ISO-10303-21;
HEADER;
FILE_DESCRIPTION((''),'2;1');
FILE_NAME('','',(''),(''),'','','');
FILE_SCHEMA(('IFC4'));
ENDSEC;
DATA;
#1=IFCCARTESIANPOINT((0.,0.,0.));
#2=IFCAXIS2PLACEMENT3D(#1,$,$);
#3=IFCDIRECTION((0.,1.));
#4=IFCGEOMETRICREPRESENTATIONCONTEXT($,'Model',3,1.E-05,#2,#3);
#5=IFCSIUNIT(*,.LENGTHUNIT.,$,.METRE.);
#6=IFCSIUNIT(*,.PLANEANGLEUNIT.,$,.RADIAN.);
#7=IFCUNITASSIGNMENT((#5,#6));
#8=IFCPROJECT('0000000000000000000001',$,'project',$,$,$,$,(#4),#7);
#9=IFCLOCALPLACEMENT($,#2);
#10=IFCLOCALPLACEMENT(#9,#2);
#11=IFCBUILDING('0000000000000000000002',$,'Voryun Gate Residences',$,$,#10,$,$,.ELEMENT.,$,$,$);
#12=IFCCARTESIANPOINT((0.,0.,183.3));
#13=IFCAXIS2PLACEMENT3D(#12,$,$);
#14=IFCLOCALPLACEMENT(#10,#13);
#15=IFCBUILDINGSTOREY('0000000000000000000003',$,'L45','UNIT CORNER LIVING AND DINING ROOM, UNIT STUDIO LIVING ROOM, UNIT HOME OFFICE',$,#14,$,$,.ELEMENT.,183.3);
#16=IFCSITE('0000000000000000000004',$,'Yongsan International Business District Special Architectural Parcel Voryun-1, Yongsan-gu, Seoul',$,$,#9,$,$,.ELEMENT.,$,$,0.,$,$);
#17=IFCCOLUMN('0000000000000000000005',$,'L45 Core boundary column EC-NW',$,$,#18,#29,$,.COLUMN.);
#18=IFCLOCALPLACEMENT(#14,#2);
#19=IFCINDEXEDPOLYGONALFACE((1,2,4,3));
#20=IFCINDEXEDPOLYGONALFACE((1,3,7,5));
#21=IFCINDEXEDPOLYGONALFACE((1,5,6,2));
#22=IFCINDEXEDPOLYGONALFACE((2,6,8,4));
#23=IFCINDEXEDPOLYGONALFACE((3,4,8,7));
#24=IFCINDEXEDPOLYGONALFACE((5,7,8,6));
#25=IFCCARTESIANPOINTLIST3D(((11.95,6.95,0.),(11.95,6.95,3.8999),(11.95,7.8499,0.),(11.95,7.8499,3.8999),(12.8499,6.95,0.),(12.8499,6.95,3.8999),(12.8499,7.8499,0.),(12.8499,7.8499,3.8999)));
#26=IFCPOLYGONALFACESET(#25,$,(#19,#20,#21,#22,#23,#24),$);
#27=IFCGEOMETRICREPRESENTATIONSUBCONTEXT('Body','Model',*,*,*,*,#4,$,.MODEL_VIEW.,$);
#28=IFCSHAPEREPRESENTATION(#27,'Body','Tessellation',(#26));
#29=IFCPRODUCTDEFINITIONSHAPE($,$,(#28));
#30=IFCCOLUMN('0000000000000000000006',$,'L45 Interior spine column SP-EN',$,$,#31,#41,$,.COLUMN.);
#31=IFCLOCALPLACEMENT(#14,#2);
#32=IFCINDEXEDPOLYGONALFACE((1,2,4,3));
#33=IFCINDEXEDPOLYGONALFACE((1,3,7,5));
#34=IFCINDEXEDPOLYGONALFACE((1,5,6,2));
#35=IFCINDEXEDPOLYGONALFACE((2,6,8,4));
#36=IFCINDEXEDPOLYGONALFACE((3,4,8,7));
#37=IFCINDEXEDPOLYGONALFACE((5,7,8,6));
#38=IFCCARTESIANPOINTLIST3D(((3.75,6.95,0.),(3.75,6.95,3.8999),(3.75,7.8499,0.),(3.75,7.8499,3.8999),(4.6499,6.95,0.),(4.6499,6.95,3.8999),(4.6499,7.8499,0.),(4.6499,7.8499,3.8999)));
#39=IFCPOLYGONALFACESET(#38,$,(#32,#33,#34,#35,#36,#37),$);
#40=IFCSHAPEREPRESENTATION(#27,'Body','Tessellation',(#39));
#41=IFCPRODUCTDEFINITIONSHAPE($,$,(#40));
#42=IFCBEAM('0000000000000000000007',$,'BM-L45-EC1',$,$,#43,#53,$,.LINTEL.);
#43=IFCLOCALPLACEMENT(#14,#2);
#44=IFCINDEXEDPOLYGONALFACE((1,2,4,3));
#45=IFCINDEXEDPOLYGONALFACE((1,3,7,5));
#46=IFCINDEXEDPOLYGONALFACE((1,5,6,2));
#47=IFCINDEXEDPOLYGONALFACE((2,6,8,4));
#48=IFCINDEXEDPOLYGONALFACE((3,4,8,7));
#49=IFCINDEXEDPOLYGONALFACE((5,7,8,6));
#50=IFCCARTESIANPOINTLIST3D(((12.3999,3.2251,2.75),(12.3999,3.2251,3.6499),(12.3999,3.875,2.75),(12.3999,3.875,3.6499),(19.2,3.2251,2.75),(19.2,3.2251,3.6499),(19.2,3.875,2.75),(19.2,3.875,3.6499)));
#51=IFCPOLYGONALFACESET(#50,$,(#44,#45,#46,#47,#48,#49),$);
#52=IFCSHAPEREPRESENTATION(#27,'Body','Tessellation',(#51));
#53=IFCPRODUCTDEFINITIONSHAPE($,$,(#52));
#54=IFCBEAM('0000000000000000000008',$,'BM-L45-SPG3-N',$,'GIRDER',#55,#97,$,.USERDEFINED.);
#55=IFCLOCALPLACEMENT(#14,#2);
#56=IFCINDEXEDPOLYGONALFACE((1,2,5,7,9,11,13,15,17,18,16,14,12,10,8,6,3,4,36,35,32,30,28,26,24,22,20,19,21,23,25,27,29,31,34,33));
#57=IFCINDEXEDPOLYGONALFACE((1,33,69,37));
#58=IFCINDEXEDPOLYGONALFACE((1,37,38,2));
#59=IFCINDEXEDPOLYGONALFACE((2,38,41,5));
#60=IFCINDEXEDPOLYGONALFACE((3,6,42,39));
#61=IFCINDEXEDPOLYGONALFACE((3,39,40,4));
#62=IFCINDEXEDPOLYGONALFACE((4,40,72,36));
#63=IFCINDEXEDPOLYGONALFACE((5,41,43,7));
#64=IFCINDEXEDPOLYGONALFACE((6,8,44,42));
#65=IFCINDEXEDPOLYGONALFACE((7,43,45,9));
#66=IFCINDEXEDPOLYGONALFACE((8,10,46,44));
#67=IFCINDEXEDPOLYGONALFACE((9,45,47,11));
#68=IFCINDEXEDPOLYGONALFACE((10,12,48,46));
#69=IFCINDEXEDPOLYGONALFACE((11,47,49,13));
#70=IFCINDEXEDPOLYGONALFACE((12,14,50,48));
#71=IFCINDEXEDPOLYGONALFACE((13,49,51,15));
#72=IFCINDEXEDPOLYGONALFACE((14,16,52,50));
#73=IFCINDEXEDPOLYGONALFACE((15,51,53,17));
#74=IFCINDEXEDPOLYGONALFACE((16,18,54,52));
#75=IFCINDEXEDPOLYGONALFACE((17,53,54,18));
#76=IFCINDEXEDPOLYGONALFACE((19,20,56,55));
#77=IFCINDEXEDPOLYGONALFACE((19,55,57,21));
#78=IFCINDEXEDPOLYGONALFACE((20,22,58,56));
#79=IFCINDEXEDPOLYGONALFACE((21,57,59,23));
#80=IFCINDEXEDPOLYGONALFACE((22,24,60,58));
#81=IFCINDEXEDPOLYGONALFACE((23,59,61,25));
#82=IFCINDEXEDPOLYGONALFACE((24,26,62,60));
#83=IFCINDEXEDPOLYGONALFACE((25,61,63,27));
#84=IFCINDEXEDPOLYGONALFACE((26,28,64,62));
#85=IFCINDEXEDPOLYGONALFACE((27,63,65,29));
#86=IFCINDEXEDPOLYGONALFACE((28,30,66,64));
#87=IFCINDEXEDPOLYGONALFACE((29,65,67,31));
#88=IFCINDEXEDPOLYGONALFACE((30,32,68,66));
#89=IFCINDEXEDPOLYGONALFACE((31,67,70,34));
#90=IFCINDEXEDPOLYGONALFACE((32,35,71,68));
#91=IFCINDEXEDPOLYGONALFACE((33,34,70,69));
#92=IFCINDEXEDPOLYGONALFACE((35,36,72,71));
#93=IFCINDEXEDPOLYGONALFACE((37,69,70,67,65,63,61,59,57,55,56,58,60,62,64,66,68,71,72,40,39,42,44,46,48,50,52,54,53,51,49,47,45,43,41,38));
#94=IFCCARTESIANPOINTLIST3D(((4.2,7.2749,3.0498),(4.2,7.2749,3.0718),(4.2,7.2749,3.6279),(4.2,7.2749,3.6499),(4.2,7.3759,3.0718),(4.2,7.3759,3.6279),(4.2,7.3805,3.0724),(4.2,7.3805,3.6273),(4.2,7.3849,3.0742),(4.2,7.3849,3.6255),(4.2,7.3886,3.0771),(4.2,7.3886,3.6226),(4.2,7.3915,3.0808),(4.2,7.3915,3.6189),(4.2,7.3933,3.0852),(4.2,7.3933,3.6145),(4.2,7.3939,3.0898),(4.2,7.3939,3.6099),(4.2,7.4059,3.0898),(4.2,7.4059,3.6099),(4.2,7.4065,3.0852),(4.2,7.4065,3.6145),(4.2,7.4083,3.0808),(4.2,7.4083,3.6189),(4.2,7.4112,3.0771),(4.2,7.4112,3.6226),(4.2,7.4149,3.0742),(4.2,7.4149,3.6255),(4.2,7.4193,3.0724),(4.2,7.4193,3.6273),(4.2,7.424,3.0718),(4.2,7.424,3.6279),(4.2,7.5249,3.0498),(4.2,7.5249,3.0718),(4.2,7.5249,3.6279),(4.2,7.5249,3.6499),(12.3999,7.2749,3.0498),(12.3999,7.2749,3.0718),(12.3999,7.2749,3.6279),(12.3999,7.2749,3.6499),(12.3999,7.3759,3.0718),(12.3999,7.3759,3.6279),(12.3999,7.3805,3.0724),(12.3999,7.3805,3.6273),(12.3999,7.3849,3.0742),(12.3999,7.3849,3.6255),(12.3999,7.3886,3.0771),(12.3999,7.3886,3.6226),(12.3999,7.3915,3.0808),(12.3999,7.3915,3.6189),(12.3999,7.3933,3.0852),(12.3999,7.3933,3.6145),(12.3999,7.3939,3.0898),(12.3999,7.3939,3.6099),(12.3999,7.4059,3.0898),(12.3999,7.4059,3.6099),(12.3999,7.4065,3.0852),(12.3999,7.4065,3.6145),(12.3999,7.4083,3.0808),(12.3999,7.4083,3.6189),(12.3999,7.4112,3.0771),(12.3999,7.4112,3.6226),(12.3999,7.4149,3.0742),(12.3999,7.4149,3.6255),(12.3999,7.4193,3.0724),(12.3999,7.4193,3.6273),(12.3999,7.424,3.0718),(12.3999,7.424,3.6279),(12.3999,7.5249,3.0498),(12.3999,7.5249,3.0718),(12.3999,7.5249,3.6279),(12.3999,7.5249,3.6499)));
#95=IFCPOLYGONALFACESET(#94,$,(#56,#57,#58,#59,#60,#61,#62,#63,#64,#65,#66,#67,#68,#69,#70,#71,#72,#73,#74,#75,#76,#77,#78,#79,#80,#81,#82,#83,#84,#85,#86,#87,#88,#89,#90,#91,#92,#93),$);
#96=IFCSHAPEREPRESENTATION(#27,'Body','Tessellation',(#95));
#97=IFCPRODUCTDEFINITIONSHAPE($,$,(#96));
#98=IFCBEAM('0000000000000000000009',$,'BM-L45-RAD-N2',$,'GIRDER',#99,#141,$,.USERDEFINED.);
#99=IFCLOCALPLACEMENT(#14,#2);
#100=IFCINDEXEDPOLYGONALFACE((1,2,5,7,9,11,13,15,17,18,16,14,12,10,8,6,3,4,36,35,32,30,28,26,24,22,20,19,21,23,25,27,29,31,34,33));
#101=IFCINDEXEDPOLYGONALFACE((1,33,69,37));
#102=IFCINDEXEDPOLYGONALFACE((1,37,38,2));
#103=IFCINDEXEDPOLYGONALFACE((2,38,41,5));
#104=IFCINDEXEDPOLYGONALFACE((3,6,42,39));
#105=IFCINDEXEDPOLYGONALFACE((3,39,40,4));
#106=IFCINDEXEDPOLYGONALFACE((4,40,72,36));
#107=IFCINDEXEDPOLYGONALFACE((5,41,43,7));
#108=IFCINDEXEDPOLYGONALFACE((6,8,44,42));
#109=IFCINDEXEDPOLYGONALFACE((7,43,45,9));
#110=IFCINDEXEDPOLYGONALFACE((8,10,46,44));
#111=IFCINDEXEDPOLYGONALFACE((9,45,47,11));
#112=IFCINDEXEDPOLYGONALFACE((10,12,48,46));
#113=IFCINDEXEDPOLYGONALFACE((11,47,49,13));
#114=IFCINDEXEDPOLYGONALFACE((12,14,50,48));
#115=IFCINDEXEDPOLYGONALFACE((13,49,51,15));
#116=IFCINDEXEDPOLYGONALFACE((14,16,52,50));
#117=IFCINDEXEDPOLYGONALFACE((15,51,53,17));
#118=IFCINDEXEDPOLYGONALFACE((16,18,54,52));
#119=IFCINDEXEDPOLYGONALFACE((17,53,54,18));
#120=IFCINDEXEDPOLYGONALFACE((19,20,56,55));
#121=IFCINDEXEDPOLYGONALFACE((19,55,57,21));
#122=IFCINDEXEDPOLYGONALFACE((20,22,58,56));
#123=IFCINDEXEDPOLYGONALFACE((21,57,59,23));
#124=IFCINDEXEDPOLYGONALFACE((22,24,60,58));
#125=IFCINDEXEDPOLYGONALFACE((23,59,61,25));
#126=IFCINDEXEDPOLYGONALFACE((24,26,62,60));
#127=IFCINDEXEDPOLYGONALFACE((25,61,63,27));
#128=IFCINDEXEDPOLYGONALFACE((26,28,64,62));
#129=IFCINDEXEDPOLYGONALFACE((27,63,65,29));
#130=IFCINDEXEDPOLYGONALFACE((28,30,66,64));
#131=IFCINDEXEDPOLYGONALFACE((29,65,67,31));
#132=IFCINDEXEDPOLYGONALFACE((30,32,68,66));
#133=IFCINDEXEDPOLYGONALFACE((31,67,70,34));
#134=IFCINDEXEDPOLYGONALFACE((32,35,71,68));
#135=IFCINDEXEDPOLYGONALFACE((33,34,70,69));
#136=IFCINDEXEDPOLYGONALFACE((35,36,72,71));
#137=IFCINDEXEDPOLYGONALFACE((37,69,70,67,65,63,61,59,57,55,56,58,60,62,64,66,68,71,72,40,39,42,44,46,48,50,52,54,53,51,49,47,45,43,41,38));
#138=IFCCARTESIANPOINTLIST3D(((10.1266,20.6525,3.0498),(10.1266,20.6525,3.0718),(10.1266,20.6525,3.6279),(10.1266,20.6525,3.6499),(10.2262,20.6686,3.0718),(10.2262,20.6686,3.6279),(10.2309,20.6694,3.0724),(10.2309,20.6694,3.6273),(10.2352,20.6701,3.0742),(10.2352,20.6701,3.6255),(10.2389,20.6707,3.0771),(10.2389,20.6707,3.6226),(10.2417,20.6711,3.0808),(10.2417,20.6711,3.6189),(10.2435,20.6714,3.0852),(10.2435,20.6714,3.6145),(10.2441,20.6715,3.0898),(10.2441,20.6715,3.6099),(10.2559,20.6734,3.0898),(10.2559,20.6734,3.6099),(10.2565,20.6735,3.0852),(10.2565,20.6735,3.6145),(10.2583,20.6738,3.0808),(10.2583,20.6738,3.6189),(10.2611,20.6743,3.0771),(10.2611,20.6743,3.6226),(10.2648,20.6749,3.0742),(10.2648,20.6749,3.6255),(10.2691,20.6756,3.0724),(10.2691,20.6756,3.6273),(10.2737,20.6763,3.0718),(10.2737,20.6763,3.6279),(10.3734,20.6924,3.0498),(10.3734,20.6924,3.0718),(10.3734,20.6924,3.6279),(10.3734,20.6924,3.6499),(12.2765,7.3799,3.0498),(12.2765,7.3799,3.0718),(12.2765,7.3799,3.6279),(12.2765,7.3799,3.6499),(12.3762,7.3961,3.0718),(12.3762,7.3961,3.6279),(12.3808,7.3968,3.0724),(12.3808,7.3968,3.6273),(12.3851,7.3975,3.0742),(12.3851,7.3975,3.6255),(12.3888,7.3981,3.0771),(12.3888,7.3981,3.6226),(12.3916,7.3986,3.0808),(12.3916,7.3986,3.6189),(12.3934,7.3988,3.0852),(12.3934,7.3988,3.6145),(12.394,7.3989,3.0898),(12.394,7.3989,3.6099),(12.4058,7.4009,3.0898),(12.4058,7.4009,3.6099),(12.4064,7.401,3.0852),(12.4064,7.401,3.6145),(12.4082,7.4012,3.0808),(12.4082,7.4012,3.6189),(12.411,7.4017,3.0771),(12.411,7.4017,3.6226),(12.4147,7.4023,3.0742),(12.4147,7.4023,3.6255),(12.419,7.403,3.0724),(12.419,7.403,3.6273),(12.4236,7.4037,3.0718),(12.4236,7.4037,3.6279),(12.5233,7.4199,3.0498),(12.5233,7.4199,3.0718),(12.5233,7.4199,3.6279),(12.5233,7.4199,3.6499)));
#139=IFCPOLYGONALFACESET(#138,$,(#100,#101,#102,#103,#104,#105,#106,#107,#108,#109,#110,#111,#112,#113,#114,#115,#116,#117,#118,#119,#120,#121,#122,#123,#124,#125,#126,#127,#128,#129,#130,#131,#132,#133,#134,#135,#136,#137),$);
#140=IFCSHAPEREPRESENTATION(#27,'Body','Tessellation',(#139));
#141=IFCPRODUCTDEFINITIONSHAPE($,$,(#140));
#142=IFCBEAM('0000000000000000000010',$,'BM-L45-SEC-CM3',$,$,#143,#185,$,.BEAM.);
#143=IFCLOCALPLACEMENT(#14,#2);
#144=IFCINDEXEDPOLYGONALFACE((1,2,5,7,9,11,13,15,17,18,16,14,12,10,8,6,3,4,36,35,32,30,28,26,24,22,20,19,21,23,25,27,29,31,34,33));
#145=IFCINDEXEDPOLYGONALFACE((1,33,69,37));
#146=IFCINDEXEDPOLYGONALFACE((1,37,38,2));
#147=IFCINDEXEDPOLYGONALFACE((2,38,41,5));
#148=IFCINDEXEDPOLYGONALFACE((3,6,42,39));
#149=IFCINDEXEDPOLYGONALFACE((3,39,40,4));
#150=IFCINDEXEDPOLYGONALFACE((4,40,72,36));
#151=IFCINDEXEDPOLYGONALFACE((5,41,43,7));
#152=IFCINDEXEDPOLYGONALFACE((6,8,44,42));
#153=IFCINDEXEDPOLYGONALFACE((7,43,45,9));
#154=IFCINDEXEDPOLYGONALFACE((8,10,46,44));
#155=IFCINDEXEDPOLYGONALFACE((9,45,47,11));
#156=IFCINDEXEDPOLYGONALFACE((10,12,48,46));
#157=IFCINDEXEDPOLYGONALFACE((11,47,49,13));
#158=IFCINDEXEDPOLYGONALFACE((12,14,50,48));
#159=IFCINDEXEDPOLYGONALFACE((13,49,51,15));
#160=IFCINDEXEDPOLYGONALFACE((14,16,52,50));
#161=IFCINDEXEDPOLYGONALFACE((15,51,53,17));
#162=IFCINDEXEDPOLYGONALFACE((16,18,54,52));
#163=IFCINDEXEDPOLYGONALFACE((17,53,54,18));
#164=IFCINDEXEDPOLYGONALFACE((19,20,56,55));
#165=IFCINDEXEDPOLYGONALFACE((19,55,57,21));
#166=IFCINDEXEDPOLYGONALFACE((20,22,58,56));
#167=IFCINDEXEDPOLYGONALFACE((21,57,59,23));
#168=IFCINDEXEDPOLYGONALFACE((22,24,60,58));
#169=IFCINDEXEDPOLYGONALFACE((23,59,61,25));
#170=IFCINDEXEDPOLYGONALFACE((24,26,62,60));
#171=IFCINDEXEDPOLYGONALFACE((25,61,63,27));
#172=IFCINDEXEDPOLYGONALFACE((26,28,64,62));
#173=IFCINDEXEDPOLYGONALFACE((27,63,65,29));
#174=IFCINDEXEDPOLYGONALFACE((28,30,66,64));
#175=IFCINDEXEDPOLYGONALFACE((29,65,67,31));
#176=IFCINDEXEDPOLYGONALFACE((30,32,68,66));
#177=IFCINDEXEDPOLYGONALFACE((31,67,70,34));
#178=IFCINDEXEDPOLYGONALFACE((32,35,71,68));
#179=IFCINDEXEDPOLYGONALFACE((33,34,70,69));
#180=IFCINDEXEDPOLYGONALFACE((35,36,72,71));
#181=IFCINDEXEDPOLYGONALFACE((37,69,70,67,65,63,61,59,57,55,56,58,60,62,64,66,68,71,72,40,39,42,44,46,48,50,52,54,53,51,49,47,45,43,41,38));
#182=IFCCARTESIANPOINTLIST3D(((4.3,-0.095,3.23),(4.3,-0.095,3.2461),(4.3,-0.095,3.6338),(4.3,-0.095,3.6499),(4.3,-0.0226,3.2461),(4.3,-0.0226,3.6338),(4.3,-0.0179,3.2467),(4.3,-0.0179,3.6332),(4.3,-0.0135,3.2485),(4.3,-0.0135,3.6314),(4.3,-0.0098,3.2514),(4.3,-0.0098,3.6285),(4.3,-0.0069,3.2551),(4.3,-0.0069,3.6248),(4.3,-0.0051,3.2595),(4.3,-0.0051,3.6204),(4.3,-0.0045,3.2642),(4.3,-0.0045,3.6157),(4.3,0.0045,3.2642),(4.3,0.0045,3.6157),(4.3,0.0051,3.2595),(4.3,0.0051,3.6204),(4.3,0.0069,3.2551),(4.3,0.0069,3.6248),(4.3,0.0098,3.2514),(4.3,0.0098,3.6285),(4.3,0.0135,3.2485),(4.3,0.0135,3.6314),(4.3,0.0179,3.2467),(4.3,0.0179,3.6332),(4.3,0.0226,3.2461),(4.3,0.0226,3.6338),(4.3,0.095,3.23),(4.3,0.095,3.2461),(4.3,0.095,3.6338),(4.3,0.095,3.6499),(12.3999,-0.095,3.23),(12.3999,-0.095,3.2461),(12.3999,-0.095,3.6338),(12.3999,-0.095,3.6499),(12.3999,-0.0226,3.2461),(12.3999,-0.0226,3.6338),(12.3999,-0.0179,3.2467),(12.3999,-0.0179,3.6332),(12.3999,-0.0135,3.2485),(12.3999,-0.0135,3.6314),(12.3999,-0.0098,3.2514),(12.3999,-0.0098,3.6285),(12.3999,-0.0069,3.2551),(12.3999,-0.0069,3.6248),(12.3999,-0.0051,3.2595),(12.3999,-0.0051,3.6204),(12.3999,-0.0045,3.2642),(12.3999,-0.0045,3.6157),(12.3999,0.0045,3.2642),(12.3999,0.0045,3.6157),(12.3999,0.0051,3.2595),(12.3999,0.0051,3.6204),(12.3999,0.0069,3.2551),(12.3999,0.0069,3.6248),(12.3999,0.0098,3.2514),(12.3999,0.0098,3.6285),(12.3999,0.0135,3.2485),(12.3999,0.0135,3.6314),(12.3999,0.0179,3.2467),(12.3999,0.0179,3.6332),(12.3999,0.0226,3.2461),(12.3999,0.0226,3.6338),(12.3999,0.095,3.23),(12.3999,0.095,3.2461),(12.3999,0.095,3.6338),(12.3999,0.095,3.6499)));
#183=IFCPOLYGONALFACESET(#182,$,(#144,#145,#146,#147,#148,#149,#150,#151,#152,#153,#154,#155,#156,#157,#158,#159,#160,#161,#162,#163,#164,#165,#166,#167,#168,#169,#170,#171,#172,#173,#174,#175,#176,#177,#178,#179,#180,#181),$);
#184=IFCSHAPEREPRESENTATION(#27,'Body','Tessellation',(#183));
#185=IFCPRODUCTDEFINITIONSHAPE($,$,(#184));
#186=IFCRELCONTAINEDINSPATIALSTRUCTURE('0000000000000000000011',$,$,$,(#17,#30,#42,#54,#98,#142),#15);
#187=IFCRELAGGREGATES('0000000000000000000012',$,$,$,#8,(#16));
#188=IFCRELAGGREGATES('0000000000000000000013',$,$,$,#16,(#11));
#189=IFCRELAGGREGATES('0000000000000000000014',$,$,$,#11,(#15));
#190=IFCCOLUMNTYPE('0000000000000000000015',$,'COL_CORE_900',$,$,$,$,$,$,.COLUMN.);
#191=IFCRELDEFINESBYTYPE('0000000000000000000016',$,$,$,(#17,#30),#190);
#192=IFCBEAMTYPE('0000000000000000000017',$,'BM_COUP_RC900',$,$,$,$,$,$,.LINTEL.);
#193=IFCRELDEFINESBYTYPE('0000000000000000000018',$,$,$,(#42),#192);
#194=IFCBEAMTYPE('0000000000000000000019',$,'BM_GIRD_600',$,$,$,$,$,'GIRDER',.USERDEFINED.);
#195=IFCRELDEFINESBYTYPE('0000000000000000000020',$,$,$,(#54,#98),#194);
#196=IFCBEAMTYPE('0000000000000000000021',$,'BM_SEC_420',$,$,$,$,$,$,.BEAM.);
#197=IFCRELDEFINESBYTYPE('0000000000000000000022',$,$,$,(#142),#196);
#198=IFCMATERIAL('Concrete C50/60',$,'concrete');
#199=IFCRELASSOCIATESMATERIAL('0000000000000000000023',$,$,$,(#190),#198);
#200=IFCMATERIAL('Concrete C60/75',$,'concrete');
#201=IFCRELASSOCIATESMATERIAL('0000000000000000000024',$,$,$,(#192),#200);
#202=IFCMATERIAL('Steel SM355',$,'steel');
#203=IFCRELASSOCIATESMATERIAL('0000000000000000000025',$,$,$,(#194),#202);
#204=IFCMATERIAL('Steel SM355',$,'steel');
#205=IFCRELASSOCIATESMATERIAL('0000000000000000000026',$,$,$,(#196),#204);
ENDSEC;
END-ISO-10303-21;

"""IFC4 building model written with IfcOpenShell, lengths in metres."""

from ifc_helpers import new_model, si_unit, direction, frame, origin, origin_2d, place, context, subcontext, project, spatial, rectangle, i_section, extrude, material, material_profile, profile_set, type_object, element, save


model = new_model("IFC4")

# Units and contexts
model_context = context("Model", 3, precision=1e-05, world=origin(), true_north=direction((0.0, 1.0)))
body_context = subcontext(model_context, "Body", "Model", "MODEL_VIEW")
ifc_project = project(units=[si_unit("LENGTHUNIT", "METRE"), si_unit("PLANEANGLEUNIT", "RADIAN")], contexts=[model_context])

# Site, building, storey
site_placement = place(None, origin())
site = spatial("IfcSite", under=ifc_project, at=site_placement, Name="Yongsan International Business District Special Architectural Parcel Voryun-1, Yongsan-gu, Seoul", CompositionType="ELEMENT", RefElevation=0.0)
building_placement = place(site_placement, origin())
building = spatial("IfcBuilding", under=site, at=building_placement, Name="Voryun Gate Residences", CompositionType="ELEMENT")
storey_placement = place(building_placement, frame((0.0, 0.0, 183.3)))
storey = spatial("IfcBuildingStorey", under=building, at=storey_placement, Name="L45", Description="UNIT CORNER LIVING AND DINING ROOM, UNIT STUDIO LIVING ROOM, UNIT HOME OFFICE", CompositionType="ELEMENT", Elevation=183.3)

# Columns
ifc_material_1 = material(Name="Concrete C50/60", Category="concrete")
ifc_material_profile_1 = material_profile(ifc_material_1, rectangle(XDim=0.8999, YDim=0.8999, at=origin_2d()), Name="RC-900x900")
ifc_profile_set_1 = profile_set([ifc_material_profile_1], Name="Concrete C50/60")
column_type = type_object("IfcColumnType", Name="COL_CORE_900", PredefinedType="COLUMN", material=ifc_profile_set_1)
for number, where, z_axis, x_axis, name in (
    (1, (12.3999, 7.3999, 0.0), (0.0, 0.0, 1.0), (1.0, 0.0, 0.0), "L45 Core boundary column EC-NW"),
    (2, (4.2, 7.3999, 0.0), (0.0, 0.0, 1.0), (1.0, 0.0, 0.0), "L45 Interior spine column SP-EN"),
):
    element("IfcColumn", number, at=place(storey_placement, frame(where, z_axis=z_axis, x_axis=x_axis)), inside=storey, type_object=column_type, Name=name, PredefinedType="COLUMN", context=body_context, shape_type="SweptSolid", body=[
        extrude(rectangle(XDim=0.8999, YDim=0.8999, at=origin_2d()), origin(), (0.0, 0.0, 1.0), 3.8999),
    ])

# Beams
ifc_material_2 = material(Name="Concrete C60/75", Category="concrete")
ifc_material_profile_2 = material_profile(ifc_material_2, rectangle(XDim=0.6499, YDim=0.8999, at=origin_2d()), Name="RC-650x900")
ifc_profile_set_2 = profile_set([ifc_material_profile_2], Name="Concrete C60/75")
beam_type_1 = type_object("IfcBeamType", Name="BM_COUP_RC900", PredefinedType="LINTEL", material=ifc_profile_set_2)
beam_1_placement = place(storey_placement, frame((12.3999, 3.55, 3.2), z_axis=(1.0, 0.0, 0.0), x_axis=(0.0, 1.0, 0.0)))
element("IfcBeam", 3, at=beam_1_placement, inside=storey, type_object=beam_type_1, Name="BM-L45-EC1", PredefinedType="LINTEL", context=body_context, shape_type="SweptSolid", body=[
    extrude(rectangle(XDim=0.6499, YDim=0.8999, at=origin_2d()), origin(), (0.0, 0.0, 1.0), 6.8),
])
ifc_material_3 = material(Name="Steel SM355", Category="steel")
ifc_material_profile_3 = material_profile(ifc_material_3, i_section(OverallWidth=0.25, OverallDepth=0.6001, WebThickness=0.012, FlangeThickness=0.022, FilletRadius=0.0181, at=origin_2d()), Name="H-600x250x12x22")
ifc_profile_set_3 = profile_set([ifc_material_profile_3], Name="Steel SM355")
beam_type_2 = type_object("IfcBeamType", Name="BM_GIRD_600", ElementType="GIRDER", PredefinedType="USERDEFINED", material=ifc_profile_set_3)
beam_2_placement = place(storey_placement, frame((4.2, 7.3999, 3.3499), z_axis=(1.0, 0.0, 0.0), x_axis=(0.0, 1.0, 0.0)))
element("IfcBeam", 4, at=beam_2_placement, inside=storey, type_object=beam_type_2, Name="BM-L45-SPG3-N", ObjectType="GIRDER", PredefinedType="USERDEFINED", context=body_context, shape_type="SweptSolid", body=[
    extrude(i_section(OverallWidth=0.25, OverallDepth=0.6001, WebThickness=0.012, FlangeThickness=0.022, FilletRadius=0.0181, at=origin_2d()), origin(), (0.0, 0.0, 1.0), 8.2),
])
beam_3_placement = place(storey_placement, frame((12.3999, 7.3999, 3.3499), z_axis=(-0.159898, 0.987134, 0.0), x_axis=(-0.987134, -0.159898, 0.0)))
element("IfcBeam", 5, at=beam_3_placement, inside=storey, type_object=beam_type_2, Name="BM-L45-RAD-N2", ObjectType="GIRDER", PredefinedType="USERDEFINED", context=body_context, shape_type="SweptSolid", body=[
    extrude(i_section(OverallWidth=0.25, OverallDepth=0.6001, WebThickness=0.012, FlangeThickness=0.022, FilletRadius=0.0181, at=origin_2d()), origin(), (0.0, 0.0, 1.0), 13.4456),
])
ifc_material_4 = material(Name="Steel SM355", Category="steel")
ifc_material_profile_4 = material_profile(ifc_material_4, i_section(OverallWidth=0.1899, OverallDepth=0.4199, WebThickness=0.009, FlangeThickness=0.0161, FilletRadius=0.0181, at=origin_2d()), Name="H-420x190x9x16")
ifc_profile_set_4 = profile_set([ifc_material_profile_4], Name="Steel SM355")
beam_type_3 = type_object("IfcBeamType", Name="BM_SEC_420", PredefinedType="BEAM", material=ifc_profile_set_4)
for number, where, z_axis, x_axis, name in (
    (6, (4.3, 0.0, 3.4399), (1.0, 0.0, 0.0), (0.0, 1.0, 0.0), "BM-L45-SEC-CM3"),
):
    element("IfcBeam", number, at=place(storey_placement, frame(where, z_axis=z_axis, x_axis=x_axis)), inside=storey, type_object=beam_type_3, Name=name, PredefinedType="BEAM", context=body_context, shape_type="SweptSolid", body=[
        extrude(i_section(OverallWidth=0.1899, OverallDepth=0.4199, WebThickness=0.009, FlangeThickness=0.0161, FilletRadius=0.0181, at=origin_2d()), origin(), (0.0, 0.0, 1.0), 8.0999),
    ])

save(model, "model.ifc")
